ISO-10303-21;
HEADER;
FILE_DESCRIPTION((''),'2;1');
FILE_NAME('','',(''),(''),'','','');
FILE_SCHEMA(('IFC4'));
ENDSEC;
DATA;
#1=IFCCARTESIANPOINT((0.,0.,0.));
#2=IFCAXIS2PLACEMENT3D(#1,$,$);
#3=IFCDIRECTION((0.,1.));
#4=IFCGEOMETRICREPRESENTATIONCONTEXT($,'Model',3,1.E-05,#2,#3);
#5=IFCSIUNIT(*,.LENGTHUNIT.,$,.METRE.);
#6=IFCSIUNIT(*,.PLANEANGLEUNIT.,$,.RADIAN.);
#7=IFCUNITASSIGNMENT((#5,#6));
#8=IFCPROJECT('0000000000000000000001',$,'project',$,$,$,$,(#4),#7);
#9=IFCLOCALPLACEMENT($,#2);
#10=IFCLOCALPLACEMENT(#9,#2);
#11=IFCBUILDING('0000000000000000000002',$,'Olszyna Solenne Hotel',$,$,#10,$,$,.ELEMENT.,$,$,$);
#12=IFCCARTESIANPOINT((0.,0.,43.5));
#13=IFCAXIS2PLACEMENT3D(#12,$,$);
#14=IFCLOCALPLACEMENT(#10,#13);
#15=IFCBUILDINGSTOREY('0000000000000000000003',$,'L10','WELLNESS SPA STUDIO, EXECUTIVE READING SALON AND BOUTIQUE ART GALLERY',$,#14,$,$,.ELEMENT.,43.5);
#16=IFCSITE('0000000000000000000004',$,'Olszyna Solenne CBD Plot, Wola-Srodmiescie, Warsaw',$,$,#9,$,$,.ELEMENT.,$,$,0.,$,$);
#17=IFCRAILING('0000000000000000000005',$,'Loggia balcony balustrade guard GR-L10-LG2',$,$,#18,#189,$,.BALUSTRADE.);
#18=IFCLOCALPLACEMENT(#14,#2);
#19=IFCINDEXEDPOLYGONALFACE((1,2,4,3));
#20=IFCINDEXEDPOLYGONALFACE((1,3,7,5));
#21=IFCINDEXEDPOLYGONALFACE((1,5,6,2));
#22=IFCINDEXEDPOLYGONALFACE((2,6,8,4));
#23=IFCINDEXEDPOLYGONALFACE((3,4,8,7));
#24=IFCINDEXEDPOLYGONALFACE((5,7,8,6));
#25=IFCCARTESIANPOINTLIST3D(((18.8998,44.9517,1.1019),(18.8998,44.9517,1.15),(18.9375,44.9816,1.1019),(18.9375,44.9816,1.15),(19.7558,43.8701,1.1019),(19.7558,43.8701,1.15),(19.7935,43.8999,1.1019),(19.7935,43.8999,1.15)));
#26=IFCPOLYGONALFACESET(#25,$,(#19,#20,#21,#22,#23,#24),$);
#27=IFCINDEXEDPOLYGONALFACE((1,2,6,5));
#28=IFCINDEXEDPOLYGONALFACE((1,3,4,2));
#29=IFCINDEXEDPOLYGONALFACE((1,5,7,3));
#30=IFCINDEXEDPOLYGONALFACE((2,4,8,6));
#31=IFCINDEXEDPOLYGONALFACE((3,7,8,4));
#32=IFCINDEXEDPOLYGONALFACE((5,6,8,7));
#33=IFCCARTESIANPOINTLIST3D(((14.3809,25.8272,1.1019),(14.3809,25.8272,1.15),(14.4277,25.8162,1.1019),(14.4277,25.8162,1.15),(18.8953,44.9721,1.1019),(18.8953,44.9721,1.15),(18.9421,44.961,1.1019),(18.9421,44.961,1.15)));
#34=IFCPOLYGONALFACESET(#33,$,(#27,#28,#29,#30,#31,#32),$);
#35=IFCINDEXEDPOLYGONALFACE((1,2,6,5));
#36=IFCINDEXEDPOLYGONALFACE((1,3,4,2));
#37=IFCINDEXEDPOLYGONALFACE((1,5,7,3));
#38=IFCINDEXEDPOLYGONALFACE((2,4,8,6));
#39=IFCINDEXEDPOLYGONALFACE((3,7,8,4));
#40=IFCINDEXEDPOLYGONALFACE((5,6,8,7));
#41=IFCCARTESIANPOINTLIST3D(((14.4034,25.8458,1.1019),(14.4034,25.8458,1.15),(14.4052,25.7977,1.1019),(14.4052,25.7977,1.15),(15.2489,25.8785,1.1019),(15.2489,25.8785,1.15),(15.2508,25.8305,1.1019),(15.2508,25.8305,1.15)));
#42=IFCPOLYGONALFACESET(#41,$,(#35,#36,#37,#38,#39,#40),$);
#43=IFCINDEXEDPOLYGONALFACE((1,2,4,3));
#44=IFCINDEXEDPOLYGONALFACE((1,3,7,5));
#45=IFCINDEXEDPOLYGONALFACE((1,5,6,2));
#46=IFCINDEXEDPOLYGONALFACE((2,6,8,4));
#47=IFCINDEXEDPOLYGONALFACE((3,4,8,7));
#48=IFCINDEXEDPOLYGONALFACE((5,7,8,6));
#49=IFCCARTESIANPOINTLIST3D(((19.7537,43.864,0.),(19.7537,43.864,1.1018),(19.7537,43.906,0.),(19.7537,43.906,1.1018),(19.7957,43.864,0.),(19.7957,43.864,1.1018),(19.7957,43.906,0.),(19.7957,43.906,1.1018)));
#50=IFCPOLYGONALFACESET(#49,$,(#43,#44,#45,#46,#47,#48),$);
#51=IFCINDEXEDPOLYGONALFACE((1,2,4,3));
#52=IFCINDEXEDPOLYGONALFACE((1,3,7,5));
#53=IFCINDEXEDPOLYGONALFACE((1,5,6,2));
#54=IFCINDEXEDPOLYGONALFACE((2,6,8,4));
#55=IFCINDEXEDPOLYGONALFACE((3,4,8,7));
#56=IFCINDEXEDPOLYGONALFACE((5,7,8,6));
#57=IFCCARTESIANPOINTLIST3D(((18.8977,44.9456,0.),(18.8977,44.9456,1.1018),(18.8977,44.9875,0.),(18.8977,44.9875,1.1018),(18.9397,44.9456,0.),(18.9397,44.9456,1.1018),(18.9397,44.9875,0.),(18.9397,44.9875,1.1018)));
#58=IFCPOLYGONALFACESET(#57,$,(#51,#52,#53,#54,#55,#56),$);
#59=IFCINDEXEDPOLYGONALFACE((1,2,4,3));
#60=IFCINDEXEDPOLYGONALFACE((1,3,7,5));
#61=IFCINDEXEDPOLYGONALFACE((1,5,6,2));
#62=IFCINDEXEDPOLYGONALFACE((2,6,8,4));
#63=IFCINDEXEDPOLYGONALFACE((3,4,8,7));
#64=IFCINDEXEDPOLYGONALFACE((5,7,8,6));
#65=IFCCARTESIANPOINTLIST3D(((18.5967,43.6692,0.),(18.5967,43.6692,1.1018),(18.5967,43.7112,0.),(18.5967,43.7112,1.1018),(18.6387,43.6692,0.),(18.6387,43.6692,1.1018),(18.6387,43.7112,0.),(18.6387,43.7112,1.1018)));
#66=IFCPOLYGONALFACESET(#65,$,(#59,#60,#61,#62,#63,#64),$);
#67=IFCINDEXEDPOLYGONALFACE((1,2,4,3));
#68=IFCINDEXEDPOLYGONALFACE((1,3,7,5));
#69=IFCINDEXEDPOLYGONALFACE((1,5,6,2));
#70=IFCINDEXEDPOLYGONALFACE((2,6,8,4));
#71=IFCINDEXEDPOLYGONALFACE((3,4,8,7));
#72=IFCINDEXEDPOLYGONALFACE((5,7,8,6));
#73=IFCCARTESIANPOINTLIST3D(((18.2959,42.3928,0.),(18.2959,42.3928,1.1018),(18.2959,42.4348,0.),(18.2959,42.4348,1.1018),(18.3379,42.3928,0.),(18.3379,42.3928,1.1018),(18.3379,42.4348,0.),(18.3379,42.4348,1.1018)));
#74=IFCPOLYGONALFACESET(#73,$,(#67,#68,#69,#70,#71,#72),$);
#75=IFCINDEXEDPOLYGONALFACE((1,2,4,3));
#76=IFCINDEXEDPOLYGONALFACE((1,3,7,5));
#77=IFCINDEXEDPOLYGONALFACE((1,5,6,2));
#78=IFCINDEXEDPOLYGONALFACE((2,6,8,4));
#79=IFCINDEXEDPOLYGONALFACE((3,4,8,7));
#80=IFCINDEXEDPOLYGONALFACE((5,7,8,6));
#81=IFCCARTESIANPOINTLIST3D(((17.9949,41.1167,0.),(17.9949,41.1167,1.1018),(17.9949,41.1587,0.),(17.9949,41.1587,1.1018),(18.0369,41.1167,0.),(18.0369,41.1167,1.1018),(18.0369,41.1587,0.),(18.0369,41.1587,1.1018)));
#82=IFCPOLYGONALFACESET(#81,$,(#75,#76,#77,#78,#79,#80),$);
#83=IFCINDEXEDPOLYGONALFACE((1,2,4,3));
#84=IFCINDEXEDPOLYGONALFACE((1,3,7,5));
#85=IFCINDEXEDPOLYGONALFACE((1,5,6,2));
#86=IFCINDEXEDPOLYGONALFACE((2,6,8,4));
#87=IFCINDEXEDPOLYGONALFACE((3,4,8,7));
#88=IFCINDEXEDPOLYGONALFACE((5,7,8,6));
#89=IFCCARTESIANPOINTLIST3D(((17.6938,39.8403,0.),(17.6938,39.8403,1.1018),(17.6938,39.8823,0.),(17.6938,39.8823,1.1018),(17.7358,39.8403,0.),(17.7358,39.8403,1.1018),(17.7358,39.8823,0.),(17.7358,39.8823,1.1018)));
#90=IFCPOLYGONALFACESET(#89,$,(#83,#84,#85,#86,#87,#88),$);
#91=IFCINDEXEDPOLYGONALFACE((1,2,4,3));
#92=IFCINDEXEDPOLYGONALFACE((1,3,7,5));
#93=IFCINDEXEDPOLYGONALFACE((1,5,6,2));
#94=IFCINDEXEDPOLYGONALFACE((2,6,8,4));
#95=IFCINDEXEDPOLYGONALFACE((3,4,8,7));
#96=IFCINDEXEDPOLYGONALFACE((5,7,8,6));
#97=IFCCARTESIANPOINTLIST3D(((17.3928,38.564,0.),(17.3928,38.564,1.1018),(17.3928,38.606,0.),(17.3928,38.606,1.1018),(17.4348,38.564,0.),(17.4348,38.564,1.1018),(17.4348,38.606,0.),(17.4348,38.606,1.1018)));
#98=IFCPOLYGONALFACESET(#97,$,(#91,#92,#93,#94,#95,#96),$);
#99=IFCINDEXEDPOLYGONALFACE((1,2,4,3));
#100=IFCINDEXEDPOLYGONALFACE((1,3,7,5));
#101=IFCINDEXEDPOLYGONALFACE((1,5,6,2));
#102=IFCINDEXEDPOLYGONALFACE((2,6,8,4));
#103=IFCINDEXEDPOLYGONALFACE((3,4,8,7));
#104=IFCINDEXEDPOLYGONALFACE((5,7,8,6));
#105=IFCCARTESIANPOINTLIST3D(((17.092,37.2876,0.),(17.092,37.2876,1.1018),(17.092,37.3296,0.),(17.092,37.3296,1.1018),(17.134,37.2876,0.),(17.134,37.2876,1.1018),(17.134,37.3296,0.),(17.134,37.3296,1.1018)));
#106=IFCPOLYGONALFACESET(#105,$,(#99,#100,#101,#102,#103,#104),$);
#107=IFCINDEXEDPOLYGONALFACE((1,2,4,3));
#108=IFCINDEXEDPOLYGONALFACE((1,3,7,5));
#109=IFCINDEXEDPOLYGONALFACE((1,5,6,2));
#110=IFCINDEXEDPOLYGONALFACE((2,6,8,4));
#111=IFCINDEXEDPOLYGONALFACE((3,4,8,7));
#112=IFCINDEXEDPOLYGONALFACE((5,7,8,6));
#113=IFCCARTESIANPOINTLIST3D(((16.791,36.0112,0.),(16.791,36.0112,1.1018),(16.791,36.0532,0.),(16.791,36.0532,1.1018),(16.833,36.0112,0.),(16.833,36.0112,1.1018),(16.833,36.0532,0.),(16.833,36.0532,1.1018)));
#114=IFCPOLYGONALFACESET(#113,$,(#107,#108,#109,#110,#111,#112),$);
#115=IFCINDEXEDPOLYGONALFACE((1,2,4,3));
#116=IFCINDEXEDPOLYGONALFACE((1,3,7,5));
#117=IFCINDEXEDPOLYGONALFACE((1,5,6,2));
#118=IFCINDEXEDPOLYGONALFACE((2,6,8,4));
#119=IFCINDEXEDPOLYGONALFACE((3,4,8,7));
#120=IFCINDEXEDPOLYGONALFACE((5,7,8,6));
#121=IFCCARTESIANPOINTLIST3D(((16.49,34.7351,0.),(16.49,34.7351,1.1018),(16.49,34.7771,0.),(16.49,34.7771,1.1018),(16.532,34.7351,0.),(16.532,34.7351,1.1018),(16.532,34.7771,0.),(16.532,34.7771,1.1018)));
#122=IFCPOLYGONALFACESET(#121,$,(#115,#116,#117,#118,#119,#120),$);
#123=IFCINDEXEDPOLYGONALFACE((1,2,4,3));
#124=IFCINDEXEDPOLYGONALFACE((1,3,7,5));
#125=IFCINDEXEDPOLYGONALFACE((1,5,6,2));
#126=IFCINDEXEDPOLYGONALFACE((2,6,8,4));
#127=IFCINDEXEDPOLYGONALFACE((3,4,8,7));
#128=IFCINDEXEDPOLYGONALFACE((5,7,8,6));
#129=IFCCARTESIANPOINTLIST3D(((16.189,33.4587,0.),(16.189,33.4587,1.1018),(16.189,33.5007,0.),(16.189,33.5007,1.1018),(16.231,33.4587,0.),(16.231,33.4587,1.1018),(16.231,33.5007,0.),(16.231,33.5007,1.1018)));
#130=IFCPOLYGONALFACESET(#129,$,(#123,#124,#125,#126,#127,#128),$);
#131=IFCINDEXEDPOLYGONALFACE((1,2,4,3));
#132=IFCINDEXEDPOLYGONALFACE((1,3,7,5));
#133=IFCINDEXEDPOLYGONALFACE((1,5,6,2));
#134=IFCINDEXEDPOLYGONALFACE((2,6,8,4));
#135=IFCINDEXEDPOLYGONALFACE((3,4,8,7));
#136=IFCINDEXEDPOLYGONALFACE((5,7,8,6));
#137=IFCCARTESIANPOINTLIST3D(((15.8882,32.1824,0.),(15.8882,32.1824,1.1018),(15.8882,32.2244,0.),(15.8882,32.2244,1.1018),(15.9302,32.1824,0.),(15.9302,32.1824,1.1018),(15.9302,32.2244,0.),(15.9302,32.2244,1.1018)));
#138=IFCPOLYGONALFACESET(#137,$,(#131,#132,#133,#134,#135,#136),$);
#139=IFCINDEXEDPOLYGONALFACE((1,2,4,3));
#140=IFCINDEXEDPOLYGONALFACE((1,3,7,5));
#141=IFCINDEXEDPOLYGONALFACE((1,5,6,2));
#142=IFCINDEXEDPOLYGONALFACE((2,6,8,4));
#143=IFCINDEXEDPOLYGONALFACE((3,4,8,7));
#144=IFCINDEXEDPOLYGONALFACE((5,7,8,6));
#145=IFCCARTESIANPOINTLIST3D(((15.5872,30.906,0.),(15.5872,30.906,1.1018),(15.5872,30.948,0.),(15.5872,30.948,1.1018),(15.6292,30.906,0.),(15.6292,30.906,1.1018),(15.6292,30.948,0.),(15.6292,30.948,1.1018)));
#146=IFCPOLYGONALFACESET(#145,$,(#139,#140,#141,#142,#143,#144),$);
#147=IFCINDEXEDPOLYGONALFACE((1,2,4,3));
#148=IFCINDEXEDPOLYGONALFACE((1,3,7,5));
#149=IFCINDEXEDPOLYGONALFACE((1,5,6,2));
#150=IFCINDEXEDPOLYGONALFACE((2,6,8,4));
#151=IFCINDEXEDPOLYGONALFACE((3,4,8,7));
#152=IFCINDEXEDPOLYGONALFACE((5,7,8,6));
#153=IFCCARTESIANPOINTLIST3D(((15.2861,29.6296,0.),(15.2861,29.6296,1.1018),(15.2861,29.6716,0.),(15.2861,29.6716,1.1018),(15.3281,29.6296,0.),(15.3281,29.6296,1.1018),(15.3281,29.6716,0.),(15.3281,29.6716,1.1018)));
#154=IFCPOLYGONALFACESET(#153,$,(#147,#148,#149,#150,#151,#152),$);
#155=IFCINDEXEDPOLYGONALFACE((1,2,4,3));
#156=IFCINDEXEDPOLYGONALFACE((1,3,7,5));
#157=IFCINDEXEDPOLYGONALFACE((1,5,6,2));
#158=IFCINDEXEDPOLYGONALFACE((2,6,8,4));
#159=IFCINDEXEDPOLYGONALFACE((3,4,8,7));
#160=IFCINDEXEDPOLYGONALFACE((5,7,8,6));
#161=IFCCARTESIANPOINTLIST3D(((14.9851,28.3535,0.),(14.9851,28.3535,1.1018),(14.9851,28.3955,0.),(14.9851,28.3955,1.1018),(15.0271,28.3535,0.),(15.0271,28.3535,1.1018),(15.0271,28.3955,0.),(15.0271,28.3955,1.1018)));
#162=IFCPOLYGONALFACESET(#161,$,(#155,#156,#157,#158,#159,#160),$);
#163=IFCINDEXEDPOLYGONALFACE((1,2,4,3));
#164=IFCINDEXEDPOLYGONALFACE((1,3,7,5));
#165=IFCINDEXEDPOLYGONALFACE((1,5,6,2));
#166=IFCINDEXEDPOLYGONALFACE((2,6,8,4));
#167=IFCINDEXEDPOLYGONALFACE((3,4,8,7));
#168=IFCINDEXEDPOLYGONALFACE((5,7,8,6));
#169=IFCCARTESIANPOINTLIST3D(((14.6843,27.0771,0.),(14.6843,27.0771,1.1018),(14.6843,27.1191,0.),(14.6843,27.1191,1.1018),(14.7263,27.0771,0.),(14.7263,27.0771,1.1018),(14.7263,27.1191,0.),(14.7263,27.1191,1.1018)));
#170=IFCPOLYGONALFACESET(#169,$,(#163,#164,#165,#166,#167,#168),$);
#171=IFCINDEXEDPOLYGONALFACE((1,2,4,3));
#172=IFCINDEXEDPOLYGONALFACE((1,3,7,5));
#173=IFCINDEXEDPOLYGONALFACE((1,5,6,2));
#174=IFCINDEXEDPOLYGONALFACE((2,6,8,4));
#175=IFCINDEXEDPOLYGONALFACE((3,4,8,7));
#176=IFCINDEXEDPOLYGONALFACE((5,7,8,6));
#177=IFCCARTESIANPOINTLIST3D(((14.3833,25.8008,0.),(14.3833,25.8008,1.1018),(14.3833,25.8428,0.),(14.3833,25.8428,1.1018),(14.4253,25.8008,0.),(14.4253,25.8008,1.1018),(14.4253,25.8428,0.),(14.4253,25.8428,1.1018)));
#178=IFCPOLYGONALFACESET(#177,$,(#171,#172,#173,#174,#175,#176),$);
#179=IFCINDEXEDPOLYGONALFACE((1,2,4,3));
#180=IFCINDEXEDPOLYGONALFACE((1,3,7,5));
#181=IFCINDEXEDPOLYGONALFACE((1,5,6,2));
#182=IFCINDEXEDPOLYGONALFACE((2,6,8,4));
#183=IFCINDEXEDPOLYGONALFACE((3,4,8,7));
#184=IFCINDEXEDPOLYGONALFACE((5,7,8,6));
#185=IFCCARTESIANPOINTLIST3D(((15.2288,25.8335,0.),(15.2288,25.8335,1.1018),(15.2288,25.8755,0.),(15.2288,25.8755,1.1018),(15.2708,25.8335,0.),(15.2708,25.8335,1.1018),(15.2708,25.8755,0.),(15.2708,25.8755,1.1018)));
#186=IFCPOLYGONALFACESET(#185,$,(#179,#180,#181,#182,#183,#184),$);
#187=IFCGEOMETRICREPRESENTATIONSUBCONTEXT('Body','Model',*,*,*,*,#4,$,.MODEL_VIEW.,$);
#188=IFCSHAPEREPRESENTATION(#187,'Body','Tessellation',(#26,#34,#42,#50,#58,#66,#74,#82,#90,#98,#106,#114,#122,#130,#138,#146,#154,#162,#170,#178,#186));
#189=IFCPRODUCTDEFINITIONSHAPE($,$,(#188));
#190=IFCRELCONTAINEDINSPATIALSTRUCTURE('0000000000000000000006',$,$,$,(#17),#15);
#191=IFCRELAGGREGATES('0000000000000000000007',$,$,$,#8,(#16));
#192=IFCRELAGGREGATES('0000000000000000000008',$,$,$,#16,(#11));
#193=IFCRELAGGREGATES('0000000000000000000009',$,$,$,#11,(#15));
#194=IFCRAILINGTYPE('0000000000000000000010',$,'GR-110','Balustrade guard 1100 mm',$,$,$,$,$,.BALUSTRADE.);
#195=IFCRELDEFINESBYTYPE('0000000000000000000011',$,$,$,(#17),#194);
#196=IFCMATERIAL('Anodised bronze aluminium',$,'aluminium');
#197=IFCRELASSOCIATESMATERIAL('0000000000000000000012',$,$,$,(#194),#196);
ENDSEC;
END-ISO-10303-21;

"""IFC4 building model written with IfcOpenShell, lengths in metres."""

from ifc_helpers import new_model, si_unit, direction, frame, origin, origin_2d, place, context, subcontext, project, spatial, rectangle, extrude, material, type_object, element, save


model = new_model("IFC4")

# Units and contexts
model_context = context("Model", 3, precision=1e-05, world=origin(), true_north=direction((0.0, 1.0)))
body_context = subcontext(model_context, "Body", "Model", "MODEL_VIEW")
ifc_project = project(units=[si_unit("LENGTHUNIT", "METRE"), si_unit("PLANEANGLEUNIT", "RADIAN")], contexts=[model_context])

# Site, building, storey
site_placement = place(None, origin())
site = spatial("IfcSite", under=ifc_project, at=site_placement, Name="Olszyna Solenne CBD Plot, Wola-Srodmiescie, Warsaw", CompositionType="ELEMENT", RefElevation=0.0)
building_placement = place(site_placement, origin())
building = spatial("IfcBuilding", under=site, at=building_placement, Name="Olszyna Solenne Hotel", CompositionType="ELEMENT")
storey_placement = place(building_placement, frame((0.0, 0.0, 43.5)))
storey = spatial("IfcBuildingStorey", under=building, at=storey_placement, Name="L10", Description="WELLNESS SPA STUDIO, EXECUTIVE READING SALON AND BOUTIQUE ART GALLERY", CompositionType="ELEMENT", Elevation=43.5)

# Shared definitions
ifc_material_1 = material(Name="Anodised bronze aluminium", Category="aluminium")

# Railing
railing_type = type_object("IfcRailingType", Name="GR-110", Description="Balustrade guard 1100 mm", PredefinedType="BALUSTRADE", material=ifc_material_1)
railing_placement = place(storey_placement, frame((19.7747, 43.885, 0.0)))
element("IfcRailing", 1, at=railing_placement, inside=storey, type_object=railing_type, Name="Loggia balcony balustrade guard GR-L10-LG2", PredefinedType="BALUSTRADE", context=body_context, shape_type="SweptSolid", body=[
    extrude(rectangle(XDim=0.0481, YDim=0.0481, at=origin_2d()), frame((0.0, 0.0, 1.126), z_axis=(-0.620585, 0.784139, 0.0), x_axis=(-0.784139, -0.620585, 0.0)), (0.0, 0.0, 1.0), 1.3794),
    extrude(rectangle(XDim=0.0481, YDim=0.0481, at=origin_2d()), frame((-0.856, 1.0815, 1.126), z_axis=(-0.229509, -0.973307, 0.0), x_axis=(0.973307, -0.229509, 0.0)), (0.0, 0.0, 1.0), 19.6699),
    extrude(rectangle(XDim=0.0481, YDim=0.0481, at=origin_2d()), frame((-5.3704, -18.0632, 1.126), z_axis=(0.999252, 0.038666, 0.0), x_axis=(-0.038666, 0.999252, 0.0)), (0.0, 0.0, 1.0), 0.8462),
    extrude(rectangle(XDim=0.042, YDim=0.042, at=origin_2d()), origin(), (0.0, 0.0, 1.0), 1.1018),
    extrude(rectangle(XDim=0.042, YDim=0.042, at=origin_2d()), frame((-0.856, 1.0815, 0.0)), (0.0, 0.0, 1.0), 1.1018),
    extrude(rectangle(XDim=0.042, YDim=0.042, at=origin_2d()), frame((-1.157, -0.1948, 0.0)), (0.0, 0.0, 1.0), 1.1018),
    extrude(rectangle(XDim=0.042, YDim=0.042, at=origin_2d()), frame((-1.4578, -1.4712, 0.0)), (0.0, 0.0, 1.0), 1.1018),
    extrude(rectangle(XDim=0.042, YDim=0.042, at=origin_2d()), frame((-1.7588, -2.7473, 0.0)), (0.0, 0.0, 1.0), 1.1018),
    extrude(rectangle(XDim=0.042, YDim=0.042, at=origin_2d()), frame((-2.0598, -4.0237, 0.0)), (0.0, 0.0, 1.0), 1.1018),
    extrude(rectangle(XDim=0.042, YDim=0.042, at=origin_2d()), frame((-2.3608, -5.3, 0.0)), (0.0, 0.0, 1.0), 1.1018),
    extrude(rectangle(XDim=0.042, YDim=0.042, at=origin_2d()), frame((-2.6616, -6.5764, 0.0)), (0.0, 0.0, 1.0), 1.1018),
    extrude(rectangle(XDim=0.042, YDim=0.042, at=origin_2d()), frame((-2.9626, -7.8528, 0.0)), (0.0, 0.0, 1.0), 1.1018),
    extrude(rectangle(XDim=0.042, YDim=0.042, at=origin_2d()), frame((-3.2637, -9.1289, 0.0)), (0.0, 0.0, 1.0), 1.1018),
    extrude(rectangle(XDim=0.042, YDim=0.042, at=origin_2d()), frame((-3.5647, -10.4053, 0.0)), (0.0, 0.0, 1.0), 1.1018),
    extrude(rectangle(XDim=0.042, YDim=0.042, at=origin_2d()), frame((-3.8655, -11.6816, 0.0)), (0.0, 0.0, 1.0), 1.1018),
    extrude(rectangle(XDim=0.042, YDim=0.042, at=origin_2d()), frame((-4.1665, -12.958, 0.0)), (0.0, 0.0, 1.0), 1.1018),
    extrude(rectangle(XDim=0.042, YDim=0.042, at=origin_2d()), frame((-4.4675, -14.2344, 0.0)), (0.0, 0.0, 1.0), 1.1018),
    extrude(rectangle(XDim=0.042, YDim=0.042, at=origin_2d()), frame((-4.7686, -15.5105, 0.0)), (0.0, 0.0, 1.0), 1.1018),
    extrude(rectangle(XDim=0.042, YDim=0.042, at=origin_2d()), frame((-5.0693, -16.7869, 0.0)), (0.0, 0.0, 1.0), 1.1018),
    extrude(rectangle(XDim=0.042, YDim=0.042, at=origin_2d()), frame((-5.3704, -18.0632, 0.0)), (0.0, 0.0, 1.0), 1.1018),
    extrude(rectangle(XDim=0.042, YDim=0.042, at=origin_2d()), frame((-4.5249, -18.0305, 0.0)), (0.0, 0.0, 1.0), 1.1018),
])

save(model, "model.ifc")
